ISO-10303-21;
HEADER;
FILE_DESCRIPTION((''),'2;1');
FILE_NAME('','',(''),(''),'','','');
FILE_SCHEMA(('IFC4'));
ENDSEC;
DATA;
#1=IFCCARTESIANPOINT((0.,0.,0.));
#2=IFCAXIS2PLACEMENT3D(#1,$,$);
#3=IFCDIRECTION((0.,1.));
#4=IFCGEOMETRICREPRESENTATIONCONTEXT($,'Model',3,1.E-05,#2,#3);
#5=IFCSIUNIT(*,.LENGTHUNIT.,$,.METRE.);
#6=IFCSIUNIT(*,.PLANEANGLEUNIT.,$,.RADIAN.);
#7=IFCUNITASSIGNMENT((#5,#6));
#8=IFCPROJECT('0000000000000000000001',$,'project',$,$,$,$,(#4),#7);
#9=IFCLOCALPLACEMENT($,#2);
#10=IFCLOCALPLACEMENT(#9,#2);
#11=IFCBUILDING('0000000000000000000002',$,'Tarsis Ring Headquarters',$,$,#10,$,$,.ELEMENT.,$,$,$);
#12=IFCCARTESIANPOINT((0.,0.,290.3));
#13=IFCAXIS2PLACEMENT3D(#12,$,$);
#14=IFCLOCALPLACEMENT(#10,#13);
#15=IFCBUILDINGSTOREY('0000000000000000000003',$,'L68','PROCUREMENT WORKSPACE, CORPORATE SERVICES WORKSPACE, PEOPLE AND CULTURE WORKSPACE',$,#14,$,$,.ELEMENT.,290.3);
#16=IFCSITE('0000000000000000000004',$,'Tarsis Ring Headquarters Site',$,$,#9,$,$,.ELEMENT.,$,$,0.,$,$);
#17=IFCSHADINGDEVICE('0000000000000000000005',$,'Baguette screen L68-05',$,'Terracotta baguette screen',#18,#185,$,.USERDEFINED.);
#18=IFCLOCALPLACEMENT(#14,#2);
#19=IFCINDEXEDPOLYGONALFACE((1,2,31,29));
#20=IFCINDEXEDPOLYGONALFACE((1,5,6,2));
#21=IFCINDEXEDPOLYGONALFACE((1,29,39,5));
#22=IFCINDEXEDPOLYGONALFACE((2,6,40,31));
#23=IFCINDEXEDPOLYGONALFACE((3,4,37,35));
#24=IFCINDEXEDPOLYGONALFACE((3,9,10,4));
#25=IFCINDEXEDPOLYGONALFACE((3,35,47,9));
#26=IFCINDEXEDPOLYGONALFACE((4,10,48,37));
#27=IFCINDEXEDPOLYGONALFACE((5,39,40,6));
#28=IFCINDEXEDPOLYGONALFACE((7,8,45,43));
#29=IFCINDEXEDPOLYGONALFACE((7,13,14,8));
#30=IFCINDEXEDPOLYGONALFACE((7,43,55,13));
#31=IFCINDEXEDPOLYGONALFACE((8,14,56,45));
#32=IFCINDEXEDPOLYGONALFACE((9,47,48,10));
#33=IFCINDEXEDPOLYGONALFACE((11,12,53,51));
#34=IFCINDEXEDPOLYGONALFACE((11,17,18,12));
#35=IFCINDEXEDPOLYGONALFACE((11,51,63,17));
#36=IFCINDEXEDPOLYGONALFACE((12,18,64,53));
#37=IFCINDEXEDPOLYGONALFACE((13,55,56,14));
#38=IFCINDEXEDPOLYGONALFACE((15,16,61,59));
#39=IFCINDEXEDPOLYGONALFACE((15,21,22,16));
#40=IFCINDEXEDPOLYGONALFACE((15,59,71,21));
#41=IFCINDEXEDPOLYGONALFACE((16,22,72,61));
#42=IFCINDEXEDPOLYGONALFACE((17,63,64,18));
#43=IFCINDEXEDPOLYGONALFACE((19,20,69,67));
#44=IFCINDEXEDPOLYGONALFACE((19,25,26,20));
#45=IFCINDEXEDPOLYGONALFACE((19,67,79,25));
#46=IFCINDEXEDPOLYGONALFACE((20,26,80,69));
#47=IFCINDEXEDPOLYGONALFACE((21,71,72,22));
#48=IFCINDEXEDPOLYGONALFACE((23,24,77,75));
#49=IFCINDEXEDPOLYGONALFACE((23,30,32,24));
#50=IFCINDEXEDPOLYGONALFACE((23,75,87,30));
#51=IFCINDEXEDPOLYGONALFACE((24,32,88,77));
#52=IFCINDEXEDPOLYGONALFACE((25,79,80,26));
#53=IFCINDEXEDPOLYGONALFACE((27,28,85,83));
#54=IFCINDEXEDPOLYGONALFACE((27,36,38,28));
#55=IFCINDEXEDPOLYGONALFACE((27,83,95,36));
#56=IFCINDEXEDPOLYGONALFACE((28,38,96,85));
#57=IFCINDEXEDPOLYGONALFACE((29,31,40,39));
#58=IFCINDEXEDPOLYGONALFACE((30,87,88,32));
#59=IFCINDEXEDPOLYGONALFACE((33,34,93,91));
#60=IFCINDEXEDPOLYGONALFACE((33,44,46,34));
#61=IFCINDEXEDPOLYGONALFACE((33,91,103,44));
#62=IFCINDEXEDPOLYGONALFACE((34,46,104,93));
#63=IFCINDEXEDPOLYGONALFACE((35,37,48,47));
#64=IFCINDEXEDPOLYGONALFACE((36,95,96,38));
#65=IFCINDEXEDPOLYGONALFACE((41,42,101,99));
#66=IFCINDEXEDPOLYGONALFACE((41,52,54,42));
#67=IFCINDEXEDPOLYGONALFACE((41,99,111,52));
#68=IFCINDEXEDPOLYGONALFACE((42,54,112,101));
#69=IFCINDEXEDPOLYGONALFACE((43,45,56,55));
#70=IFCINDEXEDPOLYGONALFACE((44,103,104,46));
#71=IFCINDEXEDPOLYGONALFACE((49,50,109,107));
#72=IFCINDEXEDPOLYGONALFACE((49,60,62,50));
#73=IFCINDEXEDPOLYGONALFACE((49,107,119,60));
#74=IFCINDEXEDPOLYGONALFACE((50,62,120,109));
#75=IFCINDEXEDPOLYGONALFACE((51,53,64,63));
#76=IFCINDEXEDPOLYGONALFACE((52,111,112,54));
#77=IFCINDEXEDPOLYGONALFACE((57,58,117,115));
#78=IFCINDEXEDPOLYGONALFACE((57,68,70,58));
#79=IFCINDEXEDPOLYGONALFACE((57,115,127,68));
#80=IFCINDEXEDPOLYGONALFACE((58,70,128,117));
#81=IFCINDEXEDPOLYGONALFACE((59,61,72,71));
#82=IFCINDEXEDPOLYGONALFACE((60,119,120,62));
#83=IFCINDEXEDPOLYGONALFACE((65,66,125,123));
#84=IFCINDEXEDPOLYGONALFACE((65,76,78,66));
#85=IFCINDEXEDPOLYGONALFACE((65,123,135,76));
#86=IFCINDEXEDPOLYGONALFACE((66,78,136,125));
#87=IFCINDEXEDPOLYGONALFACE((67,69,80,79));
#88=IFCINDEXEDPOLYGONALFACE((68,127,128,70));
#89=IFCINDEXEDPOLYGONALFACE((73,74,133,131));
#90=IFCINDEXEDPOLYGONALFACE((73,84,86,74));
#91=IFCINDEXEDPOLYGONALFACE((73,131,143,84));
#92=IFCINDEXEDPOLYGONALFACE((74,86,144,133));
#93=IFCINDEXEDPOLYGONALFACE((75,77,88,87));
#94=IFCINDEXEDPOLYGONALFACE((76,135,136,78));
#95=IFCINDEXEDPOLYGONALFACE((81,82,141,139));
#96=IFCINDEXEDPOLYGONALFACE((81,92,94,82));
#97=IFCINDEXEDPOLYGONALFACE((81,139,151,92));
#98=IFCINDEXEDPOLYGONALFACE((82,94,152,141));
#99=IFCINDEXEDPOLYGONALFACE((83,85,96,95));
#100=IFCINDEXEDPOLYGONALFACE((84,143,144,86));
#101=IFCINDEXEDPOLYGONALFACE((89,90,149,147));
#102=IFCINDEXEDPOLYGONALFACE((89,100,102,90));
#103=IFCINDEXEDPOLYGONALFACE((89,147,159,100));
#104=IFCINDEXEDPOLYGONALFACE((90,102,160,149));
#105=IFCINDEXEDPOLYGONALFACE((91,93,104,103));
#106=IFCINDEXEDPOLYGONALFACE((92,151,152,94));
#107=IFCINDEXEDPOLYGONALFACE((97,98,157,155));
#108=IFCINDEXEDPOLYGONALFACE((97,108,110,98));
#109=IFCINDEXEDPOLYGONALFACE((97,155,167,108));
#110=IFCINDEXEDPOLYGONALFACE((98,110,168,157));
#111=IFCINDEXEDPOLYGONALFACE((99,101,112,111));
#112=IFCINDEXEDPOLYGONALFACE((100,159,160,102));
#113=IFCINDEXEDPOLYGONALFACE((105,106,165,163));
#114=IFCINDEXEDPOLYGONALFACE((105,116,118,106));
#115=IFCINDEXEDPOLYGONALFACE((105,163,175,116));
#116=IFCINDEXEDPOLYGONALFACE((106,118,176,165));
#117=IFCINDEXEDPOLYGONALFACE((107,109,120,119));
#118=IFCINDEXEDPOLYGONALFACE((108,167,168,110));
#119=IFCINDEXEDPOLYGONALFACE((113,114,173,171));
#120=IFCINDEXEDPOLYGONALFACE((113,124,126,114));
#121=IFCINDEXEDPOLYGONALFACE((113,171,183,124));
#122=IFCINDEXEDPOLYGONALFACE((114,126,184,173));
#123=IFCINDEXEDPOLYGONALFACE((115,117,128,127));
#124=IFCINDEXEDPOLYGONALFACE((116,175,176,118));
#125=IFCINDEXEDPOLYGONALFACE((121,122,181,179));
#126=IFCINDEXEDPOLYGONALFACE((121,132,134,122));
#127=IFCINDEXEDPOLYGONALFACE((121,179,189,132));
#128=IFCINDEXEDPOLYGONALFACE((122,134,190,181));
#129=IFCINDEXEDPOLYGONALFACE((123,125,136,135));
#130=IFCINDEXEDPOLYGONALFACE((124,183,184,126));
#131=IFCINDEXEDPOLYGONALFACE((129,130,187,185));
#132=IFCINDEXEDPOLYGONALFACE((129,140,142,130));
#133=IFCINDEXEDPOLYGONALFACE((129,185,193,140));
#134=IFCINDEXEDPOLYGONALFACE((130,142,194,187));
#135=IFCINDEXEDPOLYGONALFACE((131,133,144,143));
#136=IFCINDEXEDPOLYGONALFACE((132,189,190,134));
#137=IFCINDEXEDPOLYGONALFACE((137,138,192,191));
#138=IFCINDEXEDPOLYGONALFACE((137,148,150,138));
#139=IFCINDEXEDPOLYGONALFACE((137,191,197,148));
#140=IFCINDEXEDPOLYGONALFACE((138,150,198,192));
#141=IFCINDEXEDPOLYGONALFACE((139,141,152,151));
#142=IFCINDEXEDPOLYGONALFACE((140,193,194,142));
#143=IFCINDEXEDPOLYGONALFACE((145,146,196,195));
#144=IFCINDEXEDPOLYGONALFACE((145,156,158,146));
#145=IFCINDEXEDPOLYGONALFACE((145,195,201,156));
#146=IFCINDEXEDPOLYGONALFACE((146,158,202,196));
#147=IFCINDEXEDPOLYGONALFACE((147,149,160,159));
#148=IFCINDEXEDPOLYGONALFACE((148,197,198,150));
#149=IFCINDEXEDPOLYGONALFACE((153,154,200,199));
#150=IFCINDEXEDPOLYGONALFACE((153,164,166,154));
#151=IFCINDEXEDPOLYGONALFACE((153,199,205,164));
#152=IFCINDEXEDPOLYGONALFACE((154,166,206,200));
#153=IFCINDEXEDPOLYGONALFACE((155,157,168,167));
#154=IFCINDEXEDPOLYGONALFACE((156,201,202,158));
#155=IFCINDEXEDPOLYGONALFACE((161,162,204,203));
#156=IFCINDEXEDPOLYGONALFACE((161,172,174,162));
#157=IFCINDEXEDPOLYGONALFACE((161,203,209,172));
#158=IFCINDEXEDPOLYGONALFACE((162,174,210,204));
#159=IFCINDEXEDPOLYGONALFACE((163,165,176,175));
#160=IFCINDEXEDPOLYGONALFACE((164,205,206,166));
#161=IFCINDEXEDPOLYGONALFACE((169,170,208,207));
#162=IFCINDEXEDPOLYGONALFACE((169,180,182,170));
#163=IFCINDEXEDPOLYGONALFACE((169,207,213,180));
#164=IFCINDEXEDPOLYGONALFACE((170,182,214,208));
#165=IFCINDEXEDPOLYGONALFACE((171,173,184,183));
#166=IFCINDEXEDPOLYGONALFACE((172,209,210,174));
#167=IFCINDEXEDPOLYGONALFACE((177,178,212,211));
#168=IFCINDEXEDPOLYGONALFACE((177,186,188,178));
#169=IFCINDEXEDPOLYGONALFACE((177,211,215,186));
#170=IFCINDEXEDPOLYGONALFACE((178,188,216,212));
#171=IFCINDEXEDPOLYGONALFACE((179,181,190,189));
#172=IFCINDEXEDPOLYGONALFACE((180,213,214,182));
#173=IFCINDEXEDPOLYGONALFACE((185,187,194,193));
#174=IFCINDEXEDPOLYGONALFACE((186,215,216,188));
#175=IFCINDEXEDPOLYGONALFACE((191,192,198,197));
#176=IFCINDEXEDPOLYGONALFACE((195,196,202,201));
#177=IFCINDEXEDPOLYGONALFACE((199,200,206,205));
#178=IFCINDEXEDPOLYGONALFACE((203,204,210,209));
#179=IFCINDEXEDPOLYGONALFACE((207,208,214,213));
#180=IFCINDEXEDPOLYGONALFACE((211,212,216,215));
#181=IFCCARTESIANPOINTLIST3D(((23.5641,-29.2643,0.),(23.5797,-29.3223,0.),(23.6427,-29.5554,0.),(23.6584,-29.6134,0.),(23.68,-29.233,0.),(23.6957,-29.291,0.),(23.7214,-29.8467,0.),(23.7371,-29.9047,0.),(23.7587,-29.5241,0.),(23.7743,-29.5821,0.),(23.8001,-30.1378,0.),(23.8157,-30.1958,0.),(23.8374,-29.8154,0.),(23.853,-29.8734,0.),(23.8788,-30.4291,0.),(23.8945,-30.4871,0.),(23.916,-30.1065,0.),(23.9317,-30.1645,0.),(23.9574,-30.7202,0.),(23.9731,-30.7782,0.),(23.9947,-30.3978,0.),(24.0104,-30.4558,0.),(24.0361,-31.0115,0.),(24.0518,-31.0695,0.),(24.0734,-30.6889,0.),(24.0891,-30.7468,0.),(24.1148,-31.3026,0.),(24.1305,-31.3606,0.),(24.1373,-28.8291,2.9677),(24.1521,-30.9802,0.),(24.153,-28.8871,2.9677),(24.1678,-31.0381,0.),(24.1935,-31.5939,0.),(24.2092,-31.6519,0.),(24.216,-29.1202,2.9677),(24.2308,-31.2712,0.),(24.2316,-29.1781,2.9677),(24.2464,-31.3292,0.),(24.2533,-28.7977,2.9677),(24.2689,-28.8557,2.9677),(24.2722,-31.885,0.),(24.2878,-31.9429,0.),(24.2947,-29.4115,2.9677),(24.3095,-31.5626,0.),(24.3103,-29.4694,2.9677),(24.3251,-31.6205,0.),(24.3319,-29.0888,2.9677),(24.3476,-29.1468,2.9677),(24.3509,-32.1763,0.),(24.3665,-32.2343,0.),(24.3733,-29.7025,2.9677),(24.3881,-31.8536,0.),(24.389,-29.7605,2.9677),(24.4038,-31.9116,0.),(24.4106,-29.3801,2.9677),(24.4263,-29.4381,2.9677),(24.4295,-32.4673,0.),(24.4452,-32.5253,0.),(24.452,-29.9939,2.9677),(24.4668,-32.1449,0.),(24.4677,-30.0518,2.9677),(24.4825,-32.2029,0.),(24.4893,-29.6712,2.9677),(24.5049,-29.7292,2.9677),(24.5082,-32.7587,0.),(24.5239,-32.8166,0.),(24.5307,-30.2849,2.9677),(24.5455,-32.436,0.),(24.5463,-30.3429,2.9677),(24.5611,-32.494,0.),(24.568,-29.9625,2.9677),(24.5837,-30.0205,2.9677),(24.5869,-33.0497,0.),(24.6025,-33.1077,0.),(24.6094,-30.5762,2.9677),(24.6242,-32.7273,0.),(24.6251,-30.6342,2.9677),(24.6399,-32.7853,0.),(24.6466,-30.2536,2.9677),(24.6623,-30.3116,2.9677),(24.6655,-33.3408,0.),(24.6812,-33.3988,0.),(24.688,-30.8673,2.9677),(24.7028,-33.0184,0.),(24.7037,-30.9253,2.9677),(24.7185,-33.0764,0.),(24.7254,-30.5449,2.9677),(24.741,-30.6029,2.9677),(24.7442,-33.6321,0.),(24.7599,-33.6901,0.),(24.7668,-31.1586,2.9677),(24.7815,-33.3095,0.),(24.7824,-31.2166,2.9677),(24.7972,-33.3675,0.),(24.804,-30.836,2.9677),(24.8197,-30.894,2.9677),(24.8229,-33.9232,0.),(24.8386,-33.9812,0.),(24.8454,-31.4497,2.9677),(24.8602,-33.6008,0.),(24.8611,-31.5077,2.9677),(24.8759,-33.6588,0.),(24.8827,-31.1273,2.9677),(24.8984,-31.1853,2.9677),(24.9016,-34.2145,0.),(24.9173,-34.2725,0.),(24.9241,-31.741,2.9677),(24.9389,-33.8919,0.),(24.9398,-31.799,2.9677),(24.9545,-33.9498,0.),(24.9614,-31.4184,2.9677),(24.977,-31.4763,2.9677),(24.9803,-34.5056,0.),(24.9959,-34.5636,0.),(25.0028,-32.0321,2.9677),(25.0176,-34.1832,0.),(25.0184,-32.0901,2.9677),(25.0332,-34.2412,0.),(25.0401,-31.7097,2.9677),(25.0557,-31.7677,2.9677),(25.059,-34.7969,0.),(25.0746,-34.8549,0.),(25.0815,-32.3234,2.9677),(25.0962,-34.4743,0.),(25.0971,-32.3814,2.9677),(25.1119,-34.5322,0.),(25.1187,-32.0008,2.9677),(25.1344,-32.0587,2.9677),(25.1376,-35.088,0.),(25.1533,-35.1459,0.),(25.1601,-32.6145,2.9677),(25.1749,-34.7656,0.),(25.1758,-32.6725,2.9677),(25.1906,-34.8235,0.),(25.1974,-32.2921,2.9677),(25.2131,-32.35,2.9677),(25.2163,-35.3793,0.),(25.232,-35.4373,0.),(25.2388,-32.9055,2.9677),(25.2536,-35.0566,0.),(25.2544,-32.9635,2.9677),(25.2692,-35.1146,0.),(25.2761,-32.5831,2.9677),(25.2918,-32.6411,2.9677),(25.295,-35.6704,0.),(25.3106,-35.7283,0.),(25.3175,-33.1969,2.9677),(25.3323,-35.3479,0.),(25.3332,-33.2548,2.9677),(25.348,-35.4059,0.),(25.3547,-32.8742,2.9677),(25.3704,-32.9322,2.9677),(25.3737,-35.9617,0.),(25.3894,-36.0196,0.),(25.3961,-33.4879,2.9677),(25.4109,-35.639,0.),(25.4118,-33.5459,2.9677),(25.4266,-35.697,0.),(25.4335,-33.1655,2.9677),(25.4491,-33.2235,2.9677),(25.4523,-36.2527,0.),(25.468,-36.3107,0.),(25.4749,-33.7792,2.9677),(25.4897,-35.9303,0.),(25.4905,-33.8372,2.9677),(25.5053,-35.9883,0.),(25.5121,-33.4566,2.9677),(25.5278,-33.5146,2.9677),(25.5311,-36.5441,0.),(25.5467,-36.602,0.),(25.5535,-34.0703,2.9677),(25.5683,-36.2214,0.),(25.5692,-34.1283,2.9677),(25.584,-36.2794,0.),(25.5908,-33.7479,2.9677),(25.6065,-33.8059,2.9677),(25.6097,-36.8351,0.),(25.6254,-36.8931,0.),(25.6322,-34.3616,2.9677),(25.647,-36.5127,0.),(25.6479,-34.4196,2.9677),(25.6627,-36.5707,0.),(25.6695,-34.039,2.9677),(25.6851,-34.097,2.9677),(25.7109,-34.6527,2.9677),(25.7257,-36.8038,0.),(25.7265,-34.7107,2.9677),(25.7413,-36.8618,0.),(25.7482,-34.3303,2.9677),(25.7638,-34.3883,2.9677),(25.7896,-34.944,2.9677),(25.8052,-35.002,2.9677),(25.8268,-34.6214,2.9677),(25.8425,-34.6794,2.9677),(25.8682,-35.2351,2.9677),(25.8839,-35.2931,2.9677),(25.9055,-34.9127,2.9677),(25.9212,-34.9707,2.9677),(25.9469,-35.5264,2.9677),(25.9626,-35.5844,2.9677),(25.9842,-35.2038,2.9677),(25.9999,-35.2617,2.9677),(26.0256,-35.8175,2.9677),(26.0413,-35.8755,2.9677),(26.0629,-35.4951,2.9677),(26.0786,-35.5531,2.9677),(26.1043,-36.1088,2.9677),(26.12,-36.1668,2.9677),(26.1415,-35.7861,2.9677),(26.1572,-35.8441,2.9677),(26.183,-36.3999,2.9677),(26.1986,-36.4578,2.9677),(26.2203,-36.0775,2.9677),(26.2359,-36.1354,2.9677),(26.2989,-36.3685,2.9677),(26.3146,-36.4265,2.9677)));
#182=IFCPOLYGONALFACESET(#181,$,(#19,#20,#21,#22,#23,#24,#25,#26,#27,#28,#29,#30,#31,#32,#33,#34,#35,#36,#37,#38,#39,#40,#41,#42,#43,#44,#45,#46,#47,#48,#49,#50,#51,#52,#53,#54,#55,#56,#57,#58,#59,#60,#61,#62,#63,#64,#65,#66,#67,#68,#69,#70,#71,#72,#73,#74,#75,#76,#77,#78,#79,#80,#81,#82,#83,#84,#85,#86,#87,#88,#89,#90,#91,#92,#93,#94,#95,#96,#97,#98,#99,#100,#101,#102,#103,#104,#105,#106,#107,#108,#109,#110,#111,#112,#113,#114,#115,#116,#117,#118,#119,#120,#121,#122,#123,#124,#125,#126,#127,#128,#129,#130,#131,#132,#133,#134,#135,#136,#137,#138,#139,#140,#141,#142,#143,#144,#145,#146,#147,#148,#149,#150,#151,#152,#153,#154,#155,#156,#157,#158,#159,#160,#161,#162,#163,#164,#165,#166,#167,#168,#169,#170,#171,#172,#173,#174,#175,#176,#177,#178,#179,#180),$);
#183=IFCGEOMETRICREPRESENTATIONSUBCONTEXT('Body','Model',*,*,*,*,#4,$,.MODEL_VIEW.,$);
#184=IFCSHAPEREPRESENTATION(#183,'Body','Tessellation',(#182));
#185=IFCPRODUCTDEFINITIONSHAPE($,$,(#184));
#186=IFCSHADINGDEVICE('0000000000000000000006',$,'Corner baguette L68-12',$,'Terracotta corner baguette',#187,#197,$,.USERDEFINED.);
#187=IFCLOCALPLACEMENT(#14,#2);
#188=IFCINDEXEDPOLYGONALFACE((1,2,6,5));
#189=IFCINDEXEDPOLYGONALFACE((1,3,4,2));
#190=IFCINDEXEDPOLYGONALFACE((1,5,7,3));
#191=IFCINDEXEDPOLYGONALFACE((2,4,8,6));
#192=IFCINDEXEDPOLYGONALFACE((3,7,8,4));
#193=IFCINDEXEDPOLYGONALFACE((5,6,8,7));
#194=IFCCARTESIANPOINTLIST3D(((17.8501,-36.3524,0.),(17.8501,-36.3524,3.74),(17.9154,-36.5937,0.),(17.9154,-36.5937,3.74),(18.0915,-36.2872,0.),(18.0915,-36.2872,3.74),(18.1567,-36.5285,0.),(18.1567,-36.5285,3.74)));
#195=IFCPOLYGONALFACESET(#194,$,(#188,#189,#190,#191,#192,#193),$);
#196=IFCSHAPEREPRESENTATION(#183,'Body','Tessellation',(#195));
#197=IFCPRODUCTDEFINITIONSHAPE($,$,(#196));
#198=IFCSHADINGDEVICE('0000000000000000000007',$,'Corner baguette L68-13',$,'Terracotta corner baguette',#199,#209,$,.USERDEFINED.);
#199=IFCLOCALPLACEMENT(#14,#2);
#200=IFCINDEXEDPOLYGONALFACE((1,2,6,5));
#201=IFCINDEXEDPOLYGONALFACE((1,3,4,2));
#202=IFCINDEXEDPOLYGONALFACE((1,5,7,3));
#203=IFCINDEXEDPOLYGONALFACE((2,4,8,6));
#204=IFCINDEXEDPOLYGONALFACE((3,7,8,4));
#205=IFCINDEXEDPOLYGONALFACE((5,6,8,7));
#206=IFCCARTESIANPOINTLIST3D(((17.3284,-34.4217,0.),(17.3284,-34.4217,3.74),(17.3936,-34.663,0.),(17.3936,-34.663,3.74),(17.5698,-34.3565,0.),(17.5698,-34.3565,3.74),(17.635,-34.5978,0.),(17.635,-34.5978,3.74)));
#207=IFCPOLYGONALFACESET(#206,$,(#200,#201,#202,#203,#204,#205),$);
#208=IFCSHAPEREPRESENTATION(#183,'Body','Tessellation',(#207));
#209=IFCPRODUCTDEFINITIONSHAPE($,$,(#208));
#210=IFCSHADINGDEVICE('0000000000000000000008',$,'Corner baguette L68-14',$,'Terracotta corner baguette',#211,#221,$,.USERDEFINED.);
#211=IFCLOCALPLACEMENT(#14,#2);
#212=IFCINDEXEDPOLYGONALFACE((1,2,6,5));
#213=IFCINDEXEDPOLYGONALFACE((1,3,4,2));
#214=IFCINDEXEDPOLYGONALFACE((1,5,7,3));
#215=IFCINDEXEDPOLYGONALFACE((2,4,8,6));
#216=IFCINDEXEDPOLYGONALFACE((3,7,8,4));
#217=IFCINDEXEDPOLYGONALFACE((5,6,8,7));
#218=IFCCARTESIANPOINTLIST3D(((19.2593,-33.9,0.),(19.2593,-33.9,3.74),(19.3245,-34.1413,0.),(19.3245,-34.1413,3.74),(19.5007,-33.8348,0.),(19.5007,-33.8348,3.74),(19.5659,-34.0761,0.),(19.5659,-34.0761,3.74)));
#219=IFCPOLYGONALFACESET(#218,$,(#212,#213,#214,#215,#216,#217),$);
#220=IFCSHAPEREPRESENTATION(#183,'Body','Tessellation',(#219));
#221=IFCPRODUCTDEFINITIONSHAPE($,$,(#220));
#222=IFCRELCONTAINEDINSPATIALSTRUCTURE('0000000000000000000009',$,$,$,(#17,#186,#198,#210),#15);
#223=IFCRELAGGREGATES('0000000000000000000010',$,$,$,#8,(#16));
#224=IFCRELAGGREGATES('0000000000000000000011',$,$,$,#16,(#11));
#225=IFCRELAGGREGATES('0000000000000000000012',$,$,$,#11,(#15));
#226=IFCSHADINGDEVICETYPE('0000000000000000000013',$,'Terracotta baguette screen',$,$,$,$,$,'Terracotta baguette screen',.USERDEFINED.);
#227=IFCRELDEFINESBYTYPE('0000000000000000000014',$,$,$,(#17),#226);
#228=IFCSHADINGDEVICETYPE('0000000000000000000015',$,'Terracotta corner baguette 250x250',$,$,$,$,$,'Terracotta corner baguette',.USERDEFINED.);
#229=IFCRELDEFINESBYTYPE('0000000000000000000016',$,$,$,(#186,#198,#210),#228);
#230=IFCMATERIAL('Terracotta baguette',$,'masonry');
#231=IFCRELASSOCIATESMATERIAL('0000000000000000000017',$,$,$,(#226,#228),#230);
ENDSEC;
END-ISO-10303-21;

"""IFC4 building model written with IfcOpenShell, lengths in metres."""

from ifc_helpers import new_model, si_unit, direction, frame, frame_2d, origin, origin_2d, place, context, subcontext, project, spatial, rectangle, composite_profile, extrude, material, type_object, element, save


model = new_model("IFC4")

# Units and contexts
model_context = context("Model", 3, precision=1e-05, world=origin(), true_north=direction((0.0, 1.0)))
body_context = subcontext(model_context, "Body", "Model", "MODEL_VIEW")
ifc_project = project(units=[si_unit("LENGTHUNIT", "METRE"), si_unit("PLANEANGLEUNIT", "RADIAN")], contexts=[model_context])

# Site, building, storey
site_placement = place(None, origin())
site = spatial("IfcSite", under=ifc_project, at=site_placement, Name="Tarsis Ring Headquarters Site", CompositionType="ELEMENT", RefElevation=0.0)
building_placement = place(site_placement, origin())
building = spatial("IfcBuilding", under=site, at=building_placement, Name="Tarsis Ring Headquarters", CompositionType="ELEMENT")
storey_placement = place(building_placement, frame((0.0, 0.0, 290.3)))
storey = spatial("IfcBuildingStorey", under=building, at=storey_placement, Name="L68", Description="PROCUREMENT WORKSPACE, CORPORATE SERVICES WORKSPACE, PEOPLE AND CULTURE WORKSPACE", CompositionType="ELEMENT", Elevation=290.3)

# Shading devices
ifc_material_1 = material(Name="Terracotta baguette", Category="masonry")
shading_device_type_1 = type_object("IfcShadingDeviceType", Name="Terracotta baguette screen", ElementType="Terracotta baguette screen", PredefinedType="USERDEFINED", material=ifc_material_1)
shading_device_1_placement = place(storey_placement, frame((25.6833, -36.8774, 0.0), z_axis=(0.0, 0.0, 1.0), x_axis=(-0.260844, 0.965367, 0.0)))
element("IfcShadingDevice", 1, at=shading_device_1_placement, inside=storey, type_object=shading_device_type_1, Name="Baguette screen L68-05", ObjectType="Terracotta baguette screen", PredefinedType="USERDEFINED", context=body_context, shape_type="SweptSolid", body=[
    extrude(composite_profile([rectangle(XDim=0.0601, YDim=0.1201, at=frame_2d((0.03, 0.0))), rectangle(XDim=0.0601, YDim=0.1201, at=frame_2d((0.3315, 0.0))), rectangle(XDim=0.0601, YDim=0.1201, at=frame_2d((0.6333, 0.0))), rectangle(XDim=0.0601, YDim=0.1201, at=frame_2d((0.9348, 0.0))), rectangle(XDim=0.0601, YDim=0.1201, at=frame_2d((1.2366, 0.0))), rectangle(XDim=0.0601, YDim=0.1201, at=frame_2d((1.5381, 0.0))), rectangle(XDim=0.0601, YDim=0.1201, at=frame_2d((1.8398, 0.0))), rectangle(XDim=0.0601, YDim=0.1201, at=frame_2d((2.1414, 0.0))), rectangle(XDim=0.0601, YDim=0.1201, at=frame_2d((2.4431, 0.0))), rectangle(XDim=0.0601, YDim=0.1201, at=frame_2d((2.7446, 0.0))), rectangle(XDim=0.0601, YDim=0.1201, at=frame_2d((3.0464, 0.0))), rectangle(XDim=0.0601, YDim=0.1201, at=frame_2d((3.3479, 0.0))), rectangle(XDim=0.0601, YDim=0.1201, at=frame_2d((3.6497, 0.0))), rectangle(XDim=0.0601, YDim=0.1201, at=frame_2d((3.9512, 0.0))), rectangle(XDim=0.0601, YDim=0.1201, at=frame_2d((4.2527, 0.0))), rectangle(XDim=0.0601, YDim=0.1201, at=frame_2d((4.5544, 0.0))), rectangle(XDim=0.0601, YDim=0.1201, at=frame_2d((4.856, 0.0))), rectangle(XDim=0.0601, YDim=0.1201, at=frame_2d((5.1577, 0.0))), rectangle(XDim=0.0601, YDim=0.1201, at=frame_2d((5.4592, 0.0))), rectangle(XDim=0.0601, YDim=0.1201, at=frame_2d((5.761, 0.0))), rectangle(XDim=0.0601, YDim=0.1201, at=frame_2d((6.0625, 0.0))), rectangle(XDim=0.0601, YDim=0.1201, at=frame_2d((6.3643, 0.0))), rectangle(XDim=0.0601, YDim=0.1201, at=frame_2d((6.6658, 0.0))), rectangle(XDim=0.0601, YDim=0.1201, at=frame_2d((6.9675, 0.0))), rectangle(XDim=0.0601, YDim=0.1201, at=frame_2d((7.269, 0.0))), rectangle(XDim=0.0601, YDim=0.1201, at=frame_2d((7.5708, 0.0))), rectangle(XDim=0.0601, YDim=0.1201, at=frame_2d((7.8723, 0.0)))]), origin(), (0.088635, -0.218403, 0.971825), 3.0537),
])
shading_device_type_2 = type_object("IfcShadingDeviceType", Name="Terracotta corner baguette 250x250", ElementType="Terracotta corner baguette", PredefinedType="USERDEFINED", material=ifc_material_1)
for number, where, z_axis, x_axis, name in (
    (2, (18.0034, -36.4404, 0.0), (0.0, 0.0, 1.0), (0.965382, 0.260841, 0.0), "Corner baguette L68-12"),
    (3, (17.4817, -34.5098, 0.0), (0.0, 0.0, 1.0), (-0.260841, 0.965382, 0.0), "Corner baguette L68-13"),
    (4, (19.4126, -33.988, 0.0), (0.0, 0.0, 1.0), (0.965382, 0.260842, 0.0), "Corner baguette L68-14"),
):
    element("IfcShadingDevice", number, at=place(storey_placement, frame(where, z_axis=z_axis, x_axis=x_axis)), inside=storey, type_object=shading_device_type_2, Name=name, ObjectType="Terracotta corner baguette", PredefinedType="USERDEFINED", context=body_context, shape_type="SweptSolid", body=[
        extrude(rectangle(XDim=0.25, YDim=0.25, at=origin_2d()), origin(), (0.0, 0.0, 1.0), 3.74),
    ])

save(model, "model.ifc")
